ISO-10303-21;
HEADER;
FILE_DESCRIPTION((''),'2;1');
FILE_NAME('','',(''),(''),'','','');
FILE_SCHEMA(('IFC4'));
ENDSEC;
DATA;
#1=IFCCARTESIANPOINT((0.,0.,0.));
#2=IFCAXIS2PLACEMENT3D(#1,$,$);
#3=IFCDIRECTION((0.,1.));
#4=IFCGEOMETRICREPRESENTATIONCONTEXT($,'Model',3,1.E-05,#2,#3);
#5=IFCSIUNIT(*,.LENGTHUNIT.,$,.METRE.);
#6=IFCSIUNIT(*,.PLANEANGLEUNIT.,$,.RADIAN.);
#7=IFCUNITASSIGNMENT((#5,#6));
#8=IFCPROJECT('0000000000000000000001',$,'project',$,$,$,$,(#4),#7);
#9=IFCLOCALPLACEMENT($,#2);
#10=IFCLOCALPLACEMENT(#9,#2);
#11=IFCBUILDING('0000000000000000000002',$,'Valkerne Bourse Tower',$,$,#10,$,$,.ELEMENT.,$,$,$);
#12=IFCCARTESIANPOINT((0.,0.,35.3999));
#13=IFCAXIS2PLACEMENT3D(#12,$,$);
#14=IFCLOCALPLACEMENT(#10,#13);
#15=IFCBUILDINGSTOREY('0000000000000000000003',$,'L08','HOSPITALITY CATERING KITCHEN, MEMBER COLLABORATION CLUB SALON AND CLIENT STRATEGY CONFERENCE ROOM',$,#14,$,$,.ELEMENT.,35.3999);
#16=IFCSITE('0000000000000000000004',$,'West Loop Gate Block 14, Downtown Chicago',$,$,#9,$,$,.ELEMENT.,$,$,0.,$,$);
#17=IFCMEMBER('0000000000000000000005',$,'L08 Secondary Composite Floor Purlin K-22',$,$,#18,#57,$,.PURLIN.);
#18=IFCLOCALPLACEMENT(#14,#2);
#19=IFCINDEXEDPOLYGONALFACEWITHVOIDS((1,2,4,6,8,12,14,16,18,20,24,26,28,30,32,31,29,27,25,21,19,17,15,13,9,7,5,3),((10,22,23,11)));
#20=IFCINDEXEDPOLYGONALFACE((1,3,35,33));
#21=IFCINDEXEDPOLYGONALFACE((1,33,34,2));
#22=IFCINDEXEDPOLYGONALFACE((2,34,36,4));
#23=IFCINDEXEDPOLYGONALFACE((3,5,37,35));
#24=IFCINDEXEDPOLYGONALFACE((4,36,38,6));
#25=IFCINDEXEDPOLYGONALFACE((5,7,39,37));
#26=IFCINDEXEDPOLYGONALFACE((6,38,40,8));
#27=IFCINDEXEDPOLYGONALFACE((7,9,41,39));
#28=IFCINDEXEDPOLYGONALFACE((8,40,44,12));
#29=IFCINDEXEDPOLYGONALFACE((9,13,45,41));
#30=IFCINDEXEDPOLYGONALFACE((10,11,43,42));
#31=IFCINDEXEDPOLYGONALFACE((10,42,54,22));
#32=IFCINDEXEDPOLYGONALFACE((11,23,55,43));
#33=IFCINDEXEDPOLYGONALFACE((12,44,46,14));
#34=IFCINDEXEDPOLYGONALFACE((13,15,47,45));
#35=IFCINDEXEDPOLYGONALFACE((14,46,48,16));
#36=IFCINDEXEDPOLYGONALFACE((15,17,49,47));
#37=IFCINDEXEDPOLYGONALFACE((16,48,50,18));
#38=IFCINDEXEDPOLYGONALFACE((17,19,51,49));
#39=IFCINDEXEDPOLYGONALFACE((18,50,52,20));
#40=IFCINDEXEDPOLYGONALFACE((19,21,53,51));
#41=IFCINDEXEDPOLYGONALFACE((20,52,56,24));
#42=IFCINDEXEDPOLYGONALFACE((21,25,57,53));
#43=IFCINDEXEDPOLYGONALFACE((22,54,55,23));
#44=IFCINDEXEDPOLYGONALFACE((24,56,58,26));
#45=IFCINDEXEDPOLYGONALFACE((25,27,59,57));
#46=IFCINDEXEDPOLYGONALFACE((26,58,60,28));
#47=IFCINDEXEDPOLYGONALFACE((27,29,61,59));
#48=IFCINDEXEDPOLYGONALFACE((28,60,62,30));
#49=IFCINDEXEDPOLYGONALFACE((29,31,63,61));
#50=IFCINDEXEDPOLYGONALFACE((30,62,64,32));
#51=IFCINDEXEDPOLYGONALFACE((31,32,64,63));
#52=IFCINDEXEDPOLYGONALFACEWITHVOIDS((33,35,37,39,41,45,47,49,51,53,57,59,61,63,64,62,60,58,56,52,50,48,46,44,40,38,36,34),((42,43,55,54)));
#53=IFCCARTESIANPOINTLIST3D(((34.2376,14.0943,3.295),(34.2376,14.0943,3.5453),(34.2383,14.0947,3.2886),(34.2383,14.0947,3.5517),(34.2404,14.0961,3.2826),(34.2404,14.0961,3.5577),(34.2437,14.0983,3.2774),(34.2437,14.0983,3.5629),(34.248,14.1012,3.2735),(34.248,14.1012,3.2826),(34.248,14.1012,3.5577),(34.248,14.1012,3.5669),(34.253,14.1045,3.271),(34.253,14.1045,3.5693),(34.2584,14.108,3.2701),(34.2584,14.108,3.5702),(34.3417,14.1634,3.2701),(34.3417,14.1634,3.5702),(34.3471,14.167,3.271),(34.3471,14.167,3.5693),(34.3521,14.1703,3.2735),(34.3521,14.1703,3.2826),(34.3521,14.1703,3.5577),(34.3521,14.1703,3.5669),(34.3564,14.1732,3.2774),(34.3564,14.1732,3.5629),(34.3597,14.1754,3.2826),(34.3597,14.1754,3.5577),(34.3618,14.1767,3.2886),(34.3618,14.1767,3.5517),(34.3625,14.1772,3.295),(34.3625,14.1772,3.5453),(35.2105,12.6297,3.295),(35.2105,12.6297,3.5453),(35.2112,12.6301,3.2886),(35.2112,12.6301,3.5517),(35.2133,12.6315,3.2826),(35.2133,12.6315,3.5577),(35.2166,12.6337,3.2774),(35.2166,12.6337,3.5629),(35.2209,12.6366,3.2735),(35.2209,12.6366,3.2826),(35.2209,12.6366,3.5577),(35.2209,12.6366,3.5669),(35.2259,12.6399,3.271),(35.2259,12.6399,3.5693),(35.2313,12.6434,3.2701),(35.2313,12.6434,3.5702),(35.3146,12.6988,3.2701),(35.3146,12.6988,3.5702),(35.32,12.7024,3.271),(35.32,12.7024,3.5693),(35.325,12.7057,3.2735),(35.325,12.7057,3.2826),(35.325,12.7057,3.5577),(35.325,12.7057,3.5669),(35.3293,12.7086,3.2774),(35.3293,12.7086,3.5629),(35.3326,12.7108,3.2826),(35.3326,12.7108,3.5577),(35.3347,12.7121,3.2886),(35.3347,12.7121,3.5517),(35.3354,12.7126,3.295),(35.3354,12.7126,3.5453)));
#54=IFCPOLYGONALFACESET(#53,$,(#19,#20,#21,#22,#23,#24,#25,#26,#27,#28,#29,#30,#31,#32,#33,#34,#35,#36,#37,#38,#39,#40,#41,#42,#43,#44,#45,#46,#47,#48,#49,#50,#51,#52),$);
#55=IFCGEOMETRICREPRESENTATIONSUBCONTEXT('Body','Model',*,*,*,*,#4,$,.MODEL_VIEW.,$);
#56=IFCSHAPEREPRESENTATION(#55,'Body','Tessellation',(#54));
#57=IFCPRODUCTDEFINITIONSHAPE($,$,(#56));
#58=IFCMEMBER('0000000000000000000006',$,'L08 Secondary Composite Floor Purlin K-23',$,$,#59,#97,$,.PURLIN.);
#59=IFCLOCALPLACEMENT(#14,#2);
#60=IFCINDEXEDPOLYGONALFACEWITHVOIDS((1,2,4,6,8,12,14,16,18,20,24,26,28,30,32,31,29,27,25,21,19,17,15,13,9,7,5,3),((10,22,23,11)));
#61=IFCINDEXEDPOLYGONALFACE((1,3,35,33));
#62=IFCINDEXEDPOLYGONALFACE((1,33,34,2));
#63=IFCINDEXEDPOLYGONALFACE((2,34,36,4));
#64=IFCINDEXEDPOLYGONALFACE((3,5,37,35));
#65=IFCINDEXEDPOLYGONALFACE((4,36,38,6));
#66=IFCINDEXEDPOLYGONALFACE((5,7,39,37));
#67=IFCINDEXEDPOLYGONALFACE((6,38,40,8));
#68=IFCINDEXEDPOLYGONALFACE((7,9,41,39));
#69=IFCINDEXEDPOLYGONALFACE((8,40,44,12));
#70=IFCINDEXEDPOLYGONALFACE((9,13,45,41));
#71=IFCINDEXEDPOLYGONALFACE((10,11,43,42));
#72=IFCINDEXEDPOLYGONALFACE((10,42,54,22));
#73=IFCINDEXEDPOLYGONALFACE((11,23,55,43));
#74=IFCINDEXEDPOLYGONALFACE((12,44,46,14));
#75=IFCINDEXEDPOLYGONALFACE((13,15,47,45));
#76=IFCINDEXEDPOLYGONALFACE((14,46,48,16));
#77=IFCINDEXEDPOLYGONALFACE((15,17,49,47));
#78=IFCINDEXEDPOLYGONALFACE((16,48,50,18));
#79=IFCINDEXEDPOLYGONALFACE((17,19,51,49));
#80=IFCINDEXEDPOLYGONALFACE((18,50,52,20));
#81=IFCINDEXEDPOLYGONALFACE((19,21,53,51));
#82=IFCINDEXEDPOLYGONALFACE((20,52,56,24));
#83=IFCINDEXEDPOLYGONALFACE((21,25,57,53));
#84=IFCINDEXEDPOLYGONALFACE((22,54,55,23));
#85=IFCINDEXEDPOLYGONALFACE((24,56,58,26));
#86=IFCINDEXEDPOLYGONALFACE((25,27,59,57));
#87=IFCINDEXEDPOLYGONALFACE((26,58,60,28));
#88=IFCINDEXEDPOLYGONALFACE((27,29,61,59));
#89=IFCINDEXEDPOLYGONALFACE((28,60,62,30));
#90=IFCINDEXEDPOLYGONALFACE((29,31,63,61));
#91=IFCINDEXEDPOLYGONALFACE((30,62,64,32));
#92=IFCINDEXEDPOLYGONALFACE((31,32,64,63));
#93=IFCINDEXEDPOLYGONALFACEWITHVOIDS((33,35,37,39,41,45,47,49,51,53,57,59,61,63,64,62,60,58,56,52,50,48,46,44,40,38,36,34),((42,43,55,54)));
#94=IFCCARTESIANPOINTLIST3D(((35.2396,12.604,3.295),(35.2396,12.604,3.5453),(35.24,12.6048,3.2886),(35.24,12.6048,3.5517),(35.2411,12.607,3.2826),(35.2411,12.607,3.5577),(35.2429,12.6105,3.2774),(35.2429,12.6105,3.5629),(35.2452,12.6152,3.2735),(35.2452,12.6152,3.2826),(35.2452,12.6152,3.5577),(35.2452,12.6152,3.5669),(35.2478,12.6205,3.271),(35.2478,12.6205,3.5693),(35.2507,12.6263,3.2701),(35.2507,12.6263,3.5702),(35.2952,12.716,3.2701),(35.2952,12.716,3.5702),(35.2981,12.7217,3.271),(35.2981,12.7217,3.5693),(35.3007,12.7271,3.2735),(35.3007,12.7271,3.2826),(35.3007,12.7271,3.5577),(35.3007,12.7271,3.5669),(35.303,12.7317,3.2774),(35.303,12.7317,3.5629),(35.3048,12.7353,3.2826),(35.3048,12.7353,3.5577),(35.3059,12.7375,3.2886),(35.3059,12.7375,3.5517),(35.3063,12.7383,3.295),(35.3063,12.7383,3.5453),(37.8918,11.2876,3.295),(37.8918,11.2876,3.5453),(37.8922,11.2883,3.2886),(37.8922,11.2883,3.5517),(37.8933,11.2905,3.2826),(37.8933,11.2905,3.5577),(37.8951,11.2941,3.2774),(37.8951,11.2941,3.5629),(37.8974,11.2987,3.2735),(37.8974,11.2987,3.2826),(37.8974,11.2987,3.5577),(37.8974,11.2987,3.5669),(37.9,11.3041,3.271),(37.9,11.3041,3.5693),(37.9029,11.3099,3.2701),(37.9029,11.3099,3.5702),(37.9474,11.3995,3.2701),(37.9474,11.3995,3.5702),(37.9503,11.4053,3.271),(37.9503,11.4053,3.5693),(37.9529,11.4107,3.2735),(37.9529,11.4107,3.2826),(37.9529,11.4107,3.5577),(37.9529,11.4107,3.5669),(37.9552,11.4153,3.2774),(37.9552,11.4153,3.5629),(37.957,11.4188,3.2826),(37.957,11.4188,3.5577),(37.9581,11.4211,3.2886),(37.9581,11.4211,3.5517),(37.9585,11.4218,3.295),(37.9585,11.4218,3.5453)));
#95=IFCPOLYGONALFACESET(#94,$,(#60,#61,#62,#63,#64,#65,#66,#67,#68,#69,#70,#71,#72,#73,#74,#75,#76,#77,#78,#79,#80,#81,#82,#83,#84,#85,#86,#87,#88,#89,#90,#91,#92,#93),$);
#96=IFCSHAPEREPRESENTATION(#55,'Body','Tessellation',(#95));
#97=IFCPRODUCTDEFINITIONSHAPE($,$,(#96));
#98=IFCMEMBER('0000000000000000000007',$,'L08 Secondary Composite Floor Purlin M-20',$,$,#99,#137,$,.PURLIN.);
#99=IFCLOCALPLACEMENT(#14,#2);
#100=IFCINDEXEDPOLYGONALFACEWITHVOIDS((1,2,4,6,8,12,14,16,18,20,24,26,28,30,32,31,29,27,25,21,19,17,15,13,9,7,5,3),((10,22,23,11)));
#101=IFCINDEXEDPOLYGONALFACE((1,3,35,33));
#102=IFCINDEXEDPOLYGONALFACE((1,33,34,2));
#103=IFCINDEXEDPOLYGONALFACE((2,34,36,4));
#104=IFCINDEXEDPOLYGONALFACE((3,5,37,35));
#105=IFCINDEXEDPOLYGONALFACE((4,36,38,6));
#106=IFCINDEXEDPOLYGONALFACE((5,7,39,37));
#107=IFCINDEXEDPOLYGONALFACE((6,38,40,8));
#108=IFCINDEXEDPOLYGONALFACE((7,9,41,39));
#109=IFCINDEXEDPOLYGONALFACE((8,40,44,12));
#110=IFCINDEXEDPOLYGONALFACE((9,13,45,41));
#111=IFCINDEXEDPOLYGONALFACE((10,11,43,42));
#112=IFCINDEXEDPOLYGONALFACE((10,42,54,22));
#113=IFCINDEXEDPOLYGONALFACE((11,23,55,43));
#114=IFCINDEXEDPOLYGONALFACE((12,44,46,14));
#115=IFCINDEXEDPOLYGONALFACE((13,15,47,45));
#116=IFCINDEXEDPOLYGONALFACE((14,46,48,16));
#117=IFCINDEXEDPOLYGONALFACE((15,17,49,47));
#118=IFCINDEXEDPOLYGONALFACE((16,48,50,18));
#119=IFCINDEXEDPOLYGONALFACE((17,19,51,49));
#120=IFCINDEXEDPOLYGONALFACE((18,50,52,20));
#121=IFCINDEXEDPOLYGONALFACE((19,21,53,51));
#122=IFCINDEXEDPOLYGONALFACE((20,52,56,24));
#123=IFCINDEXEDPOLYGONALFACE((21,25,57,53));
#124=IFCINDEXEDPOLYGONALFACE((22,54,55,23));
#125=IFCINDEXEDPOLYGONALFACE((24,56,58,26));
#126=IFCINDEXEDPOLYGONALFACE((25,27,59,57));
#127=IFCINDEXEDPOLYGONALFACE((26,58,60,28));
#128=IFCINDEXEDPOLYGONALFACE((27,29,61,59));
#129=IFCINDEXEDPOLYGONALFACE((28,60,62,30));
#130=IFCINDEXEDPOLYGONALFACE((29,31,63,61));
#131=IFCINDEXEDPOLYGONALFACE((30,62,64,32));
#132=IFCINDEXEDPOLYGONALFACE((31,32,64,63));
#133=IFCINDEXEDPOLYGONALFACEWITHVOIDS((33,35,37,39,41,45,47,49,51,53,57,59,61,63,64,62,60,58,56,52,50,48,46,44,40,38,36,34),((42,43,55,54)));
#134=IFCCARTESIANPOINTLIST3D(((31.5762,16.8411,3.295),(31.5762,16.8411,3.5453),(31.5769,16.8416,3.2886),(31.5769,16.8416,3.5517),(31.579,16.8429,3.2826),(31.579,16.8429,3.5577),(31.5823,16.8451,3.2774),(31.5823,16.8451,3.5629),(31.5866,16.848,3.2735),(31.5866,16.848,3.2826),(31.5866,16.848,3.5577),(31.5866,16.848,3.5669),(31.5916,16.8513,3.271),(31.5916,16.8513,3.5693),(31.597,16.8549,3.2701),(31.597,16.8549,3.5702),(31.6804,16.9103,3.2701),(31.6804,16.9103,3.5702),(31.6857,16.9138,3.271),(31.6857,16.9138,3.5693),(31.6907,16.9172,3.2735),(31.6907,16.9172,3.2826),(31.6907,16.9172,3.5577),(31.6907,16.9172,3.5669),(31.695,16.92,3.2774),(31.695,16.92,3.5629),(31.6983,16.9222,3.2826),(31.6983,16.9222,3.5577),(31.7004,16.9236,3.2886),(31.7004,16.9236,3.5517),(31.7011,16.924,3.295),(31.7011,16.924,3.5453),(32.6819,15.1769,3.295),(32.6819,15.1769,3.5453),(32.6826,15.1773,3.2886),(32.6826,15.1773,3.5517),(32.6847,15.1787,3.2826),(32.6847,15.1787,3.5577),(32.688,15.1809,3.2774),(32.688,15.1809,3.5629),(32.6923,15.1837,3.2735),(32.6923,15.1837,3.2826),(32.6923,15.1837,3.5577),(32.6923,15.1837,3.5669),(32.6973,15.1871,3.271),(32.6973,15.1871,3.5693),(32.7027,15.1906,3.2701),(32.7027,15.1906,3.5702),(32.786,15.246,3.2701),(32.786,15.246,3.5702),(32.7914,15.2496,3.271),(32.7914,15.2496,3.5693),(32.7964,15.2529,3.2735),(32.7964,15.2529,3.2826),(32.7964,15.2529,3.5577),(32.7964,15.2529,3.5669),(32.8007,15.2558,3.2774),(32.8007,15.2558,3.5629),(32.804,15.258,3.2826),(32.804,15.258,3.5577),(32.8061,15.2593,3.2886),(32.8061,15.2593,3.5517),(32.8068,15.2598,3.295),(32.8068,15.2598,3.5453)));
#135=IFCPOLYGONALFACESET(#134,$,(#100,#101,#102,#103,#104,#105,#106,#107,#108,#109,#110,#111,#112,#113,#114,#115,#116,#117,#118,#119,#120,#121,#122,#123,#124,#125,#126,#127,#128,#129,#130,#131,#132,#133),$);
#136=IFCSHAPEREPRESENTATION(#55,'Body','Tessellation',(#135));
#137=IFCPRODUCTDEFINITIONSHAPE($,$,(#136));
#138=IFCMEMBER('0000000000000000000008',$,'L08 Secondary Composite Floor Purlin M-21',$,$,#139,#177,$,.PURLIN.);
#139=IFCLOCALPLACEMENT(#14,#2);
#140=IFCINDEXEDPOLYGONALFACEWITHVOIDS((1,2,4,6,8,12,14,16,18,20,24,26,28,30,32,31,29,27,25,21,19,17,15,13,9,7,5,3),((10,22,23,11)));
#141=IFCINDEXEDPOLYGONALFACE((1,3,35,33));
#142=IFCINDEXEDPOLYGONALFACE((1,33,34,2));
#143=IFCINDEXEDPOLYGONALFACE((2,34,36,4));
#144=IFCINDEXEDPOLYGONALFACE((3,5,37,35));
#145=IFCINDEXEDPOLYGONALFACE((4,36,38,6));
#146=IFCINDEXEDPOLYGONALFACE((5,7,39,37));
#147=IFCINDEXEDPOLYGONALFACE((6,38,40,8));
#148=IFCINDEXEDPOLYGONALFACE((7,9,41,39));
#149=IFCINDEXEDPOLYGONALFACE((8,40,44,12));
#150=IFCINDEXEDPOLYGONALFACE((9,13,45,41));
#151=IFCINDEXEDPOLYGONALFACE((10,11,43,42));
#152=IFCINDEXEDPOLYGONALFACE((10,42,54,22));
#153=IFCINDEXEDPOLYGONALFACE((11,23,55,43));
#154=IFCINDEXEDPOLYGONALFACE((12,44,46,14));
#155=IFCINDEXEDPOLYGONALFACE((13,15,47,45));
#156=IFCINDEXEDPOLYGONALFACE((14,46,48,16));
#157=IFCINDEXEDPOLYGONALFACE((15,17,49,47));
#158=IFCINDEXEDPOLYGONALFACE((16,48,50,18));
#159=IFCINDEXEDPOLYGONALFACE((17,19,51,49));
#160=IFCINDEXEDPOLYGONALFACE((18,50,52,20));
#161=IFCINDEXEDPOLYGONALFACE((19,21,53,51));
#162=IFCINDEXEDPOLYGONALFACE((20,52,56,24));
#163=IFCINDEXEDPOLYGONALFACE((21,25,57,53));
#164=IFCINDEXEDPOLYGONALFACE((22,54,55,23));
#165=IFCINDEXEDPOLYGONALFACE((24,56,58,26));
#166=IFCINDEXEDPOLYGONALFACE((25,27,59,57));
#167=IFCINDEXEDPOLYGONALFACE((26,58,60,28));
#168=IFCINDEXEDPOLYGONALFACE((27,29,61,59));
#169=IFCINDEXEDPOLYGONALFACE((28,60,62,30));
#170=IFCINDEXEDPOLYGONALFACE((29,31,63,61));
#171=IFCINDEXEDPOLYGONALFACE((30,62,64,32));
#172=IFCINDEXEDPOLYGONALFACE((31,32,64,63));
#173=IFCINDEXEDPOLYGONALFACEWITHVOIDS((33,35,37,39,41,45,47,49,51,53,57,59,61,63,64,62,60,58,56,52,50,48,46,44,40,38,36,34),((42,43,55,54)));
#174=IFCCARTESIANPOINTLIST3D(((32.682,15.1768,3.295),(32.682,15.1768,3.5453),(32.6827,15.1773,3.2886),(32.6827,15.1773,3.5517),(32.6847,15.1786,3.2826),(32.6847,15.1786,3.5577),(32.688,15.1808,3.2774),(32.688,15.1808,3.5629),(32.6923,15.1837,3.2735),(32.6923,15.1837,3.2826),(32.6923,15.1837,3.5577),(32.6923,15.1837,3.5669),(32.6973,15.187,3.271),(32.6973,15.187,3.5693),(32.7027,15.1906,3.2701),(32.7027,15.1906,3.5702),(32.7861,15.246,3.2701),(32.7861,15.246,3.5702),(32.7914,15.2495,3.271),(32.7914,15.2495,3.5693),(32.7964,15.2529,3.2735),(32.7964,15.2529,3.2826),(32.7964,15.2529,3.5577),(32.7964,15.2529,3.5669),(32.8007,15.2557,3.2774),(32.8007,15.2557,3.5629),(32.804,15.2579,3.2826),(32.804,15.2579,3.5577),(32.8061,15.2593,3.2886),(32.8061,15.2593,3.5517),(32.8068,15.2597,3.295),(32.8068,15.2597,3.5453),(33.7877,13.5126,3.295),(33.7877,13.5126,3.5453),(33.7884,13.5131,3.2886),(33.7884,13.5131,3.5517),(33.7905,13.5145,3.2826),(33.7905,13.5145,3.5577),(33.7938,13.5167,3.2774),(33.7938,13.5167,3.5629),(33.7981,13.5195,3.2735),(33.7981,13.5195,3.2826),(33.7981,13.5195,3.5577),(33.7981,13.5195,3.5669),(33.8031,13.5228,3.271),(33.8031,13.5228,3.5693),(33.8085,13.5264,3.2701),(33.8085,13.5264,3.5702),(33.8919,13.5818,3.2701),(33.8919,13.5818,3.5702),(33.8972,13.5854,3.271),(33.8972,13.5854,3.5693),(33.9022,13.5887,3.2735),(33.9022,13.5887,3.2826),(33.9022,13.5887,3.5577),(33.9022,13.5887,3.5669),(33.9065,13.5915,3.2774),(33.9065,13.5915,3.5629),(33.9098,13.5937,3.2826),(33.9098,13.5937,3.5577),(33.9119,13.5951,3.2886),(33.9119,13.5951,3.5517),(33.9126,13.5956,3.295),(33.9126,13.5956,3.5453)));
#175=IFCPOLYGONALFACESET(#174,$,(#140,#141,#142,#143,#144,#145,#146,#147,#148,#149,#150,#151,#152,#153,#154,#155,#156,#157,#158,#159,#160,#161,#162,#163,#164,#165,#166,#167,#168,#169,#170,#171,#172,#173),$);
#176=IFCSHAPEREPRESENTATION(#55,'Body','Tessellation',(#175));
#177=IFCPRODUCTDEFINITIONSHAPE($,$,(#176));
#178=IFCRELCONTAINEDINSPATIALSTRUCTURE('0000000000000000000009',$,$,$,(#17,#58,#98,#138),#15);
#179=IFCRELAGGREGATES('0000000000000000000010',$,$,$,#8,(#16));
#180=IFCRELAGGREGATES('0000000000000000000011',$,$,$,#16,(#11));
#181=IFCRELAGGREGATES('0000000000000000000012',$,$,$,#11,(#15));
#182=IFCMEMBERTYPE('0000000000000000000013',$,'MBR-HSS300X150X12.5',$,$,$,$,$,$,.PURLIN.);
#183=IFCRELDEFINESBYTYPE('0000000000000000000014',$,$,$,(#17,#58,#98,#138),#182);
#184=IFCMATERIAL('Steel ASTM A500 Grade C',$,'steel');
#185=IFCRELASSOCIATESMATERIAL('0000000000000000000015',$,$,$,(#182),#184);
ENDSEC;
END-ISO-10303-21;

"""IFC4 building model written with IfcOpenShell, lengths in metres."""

from ifc_helpers import new_model, si_unit, direction, frame, origin, origin_2d, place, context, subcontext, project, spatial, hollow_rectangle, extrude, material, material_profile, profile_set, type_object, element, save


model = new_model("IFC4")

# Units and contexts
model_context = context("Model", 3, precision=1e-05, world=origin(), true_north=direction((0.0, 1.0)))
body_context = subcontext(model_context, "Body", "Model", "MODEL_VIEW")
ifc_project = project(units=[si_unit("LENGTHUNIT", "METRE"), si_unit("PLANEANGLEUNIT", "RADIAN")], contexts=[model_context])

# Site, building, storey
site_placement = place(None, origin())
site = spatial("IfcSite", under=ifc_project, at=site_placement, Name="West Loop Gate Block 14, Downtown Chicago", CompositionType="ELEMENT", RefElevation=0.0)
building_placement = place(site_placement, origin())
building = spatial("IfcBuilding", under=site, at=building_placement, Name="Valkerne Bourse Tower", CompositionType="ELEMENT")
storey_placement = place(building_placement, frame((0.0, 0.0, 35.3999)))
storey = spatial("IfcBuildingStorey", under=building, at=storey_placement, Name="L08", Description="HOSPITALITY CATERING KITCHEN, MEMBER COLLABORATION CLUB SALON AND CLIENT STRATEGY CONFERENCE ROOM", CompositionType="ELEMENT", Elevation=35.3999)

# Members
ifc_material_1 = material(Name="Steel ASTM A500 Grade C", Category="steel")
ifc_material_profile_1 = material_profile(ifc_material_1, hollow_rectangle(XDim=0.1499, YDim=0.3, WallThickness=0.0125, OuterFilletRadius=0.0249, at=origin_2d()), Name="HSS300X150X12.5")
ifc_profile_set_1 = profile_set([ifc_material_profile_1], Name="Steel ASTM A500 Grade C")
member_type_1 = type_object("IfcMemberType", Name="MBR-HSS300X150X12.5", PredefinedType="PURLIN", material=ifc_profile_set_1)
for number, where, z_axis, x_axis, name in (
    (1, (34.3, 14.1357, 3.4202), (0.553322, -0.832968, 0.0), (0.832968, 0.553322, 0.0), "L08 Secondary Composite Floor Purlin K-22"),
):
    element("IfcMember", number, at=place(storey_placement, frame(where, z_axis=z_axis, x_axis=x_axis)), inside=storey, type_object=member_type_1, Name=name, PredefinedType="PURLIN", context=body_context, shape_type="SweptSolid", body=[
        extrude(hollow_rectangle(XDim=0.1499, YDim=0.3, WallThickness=0.0125, OuterFilletRadius=0.0249, at=origin_2d()), origin(), (0.0, 0.0, 1.0), 1.7583),
    ])
member_1_placement = place(storey_placement, frame((35.2729, 12.6711, 3.4202), z_axis=(0.895726, -0.444606, 0.0), x_axis=(0.444606, 0.895726, 0.0)))
element("IfcMember", 2, at=member_1_placement, inside=storey, type_object=member_type_1, Name="L08 Secondary Composite Floor Purlin K-23", PredefinedType="PURLIN", context=body_context, shape_type="SweptSolid", body=[
    extrude(hollow_rectangle(XDim=0.1499, YDim=0.3, WallThickness=0.0125, OuterFilletRadius=0.0249, at=origin_2d()), origin(), (0.0, 0.0, 1.0), 2.9609),
])
for number, where, z_axis, x_axis, name in (
    (3, (31.6387, 16.8826, 3.4202), (0.553374, -0.832933, 0.0), (0.832933, 0.553374, 0.0), "L08 Secondary Composite Floor Purlin M-20"),
    (4, (32.7444, 15.2183, 3.4202), (0.553431, -0.832895, 0.0), (0.832895, 0.553431, 0.0), "L08 Secondary Composite Floor Purlin M-21"),
):
    element("IfcMember", number, at=place(storey_placement, frame(where, z_axis=z_axis, x_axis=x_axis)), inside=storey, type_object=member_type_1, Name=name, PredefinedType="PURLIN", context=body_context, shape_type="SweptSolid", body=[
        extrude(hollow_rectangle(XDim=0.1499, YDim=0.3, WallThickness=0.0125, OuterFilletRadius=0.0249, at=origin_2d()), origin(), (0.0, 0.0, 1.0), 1.998),
    ])

save(model, "model.ifc")
